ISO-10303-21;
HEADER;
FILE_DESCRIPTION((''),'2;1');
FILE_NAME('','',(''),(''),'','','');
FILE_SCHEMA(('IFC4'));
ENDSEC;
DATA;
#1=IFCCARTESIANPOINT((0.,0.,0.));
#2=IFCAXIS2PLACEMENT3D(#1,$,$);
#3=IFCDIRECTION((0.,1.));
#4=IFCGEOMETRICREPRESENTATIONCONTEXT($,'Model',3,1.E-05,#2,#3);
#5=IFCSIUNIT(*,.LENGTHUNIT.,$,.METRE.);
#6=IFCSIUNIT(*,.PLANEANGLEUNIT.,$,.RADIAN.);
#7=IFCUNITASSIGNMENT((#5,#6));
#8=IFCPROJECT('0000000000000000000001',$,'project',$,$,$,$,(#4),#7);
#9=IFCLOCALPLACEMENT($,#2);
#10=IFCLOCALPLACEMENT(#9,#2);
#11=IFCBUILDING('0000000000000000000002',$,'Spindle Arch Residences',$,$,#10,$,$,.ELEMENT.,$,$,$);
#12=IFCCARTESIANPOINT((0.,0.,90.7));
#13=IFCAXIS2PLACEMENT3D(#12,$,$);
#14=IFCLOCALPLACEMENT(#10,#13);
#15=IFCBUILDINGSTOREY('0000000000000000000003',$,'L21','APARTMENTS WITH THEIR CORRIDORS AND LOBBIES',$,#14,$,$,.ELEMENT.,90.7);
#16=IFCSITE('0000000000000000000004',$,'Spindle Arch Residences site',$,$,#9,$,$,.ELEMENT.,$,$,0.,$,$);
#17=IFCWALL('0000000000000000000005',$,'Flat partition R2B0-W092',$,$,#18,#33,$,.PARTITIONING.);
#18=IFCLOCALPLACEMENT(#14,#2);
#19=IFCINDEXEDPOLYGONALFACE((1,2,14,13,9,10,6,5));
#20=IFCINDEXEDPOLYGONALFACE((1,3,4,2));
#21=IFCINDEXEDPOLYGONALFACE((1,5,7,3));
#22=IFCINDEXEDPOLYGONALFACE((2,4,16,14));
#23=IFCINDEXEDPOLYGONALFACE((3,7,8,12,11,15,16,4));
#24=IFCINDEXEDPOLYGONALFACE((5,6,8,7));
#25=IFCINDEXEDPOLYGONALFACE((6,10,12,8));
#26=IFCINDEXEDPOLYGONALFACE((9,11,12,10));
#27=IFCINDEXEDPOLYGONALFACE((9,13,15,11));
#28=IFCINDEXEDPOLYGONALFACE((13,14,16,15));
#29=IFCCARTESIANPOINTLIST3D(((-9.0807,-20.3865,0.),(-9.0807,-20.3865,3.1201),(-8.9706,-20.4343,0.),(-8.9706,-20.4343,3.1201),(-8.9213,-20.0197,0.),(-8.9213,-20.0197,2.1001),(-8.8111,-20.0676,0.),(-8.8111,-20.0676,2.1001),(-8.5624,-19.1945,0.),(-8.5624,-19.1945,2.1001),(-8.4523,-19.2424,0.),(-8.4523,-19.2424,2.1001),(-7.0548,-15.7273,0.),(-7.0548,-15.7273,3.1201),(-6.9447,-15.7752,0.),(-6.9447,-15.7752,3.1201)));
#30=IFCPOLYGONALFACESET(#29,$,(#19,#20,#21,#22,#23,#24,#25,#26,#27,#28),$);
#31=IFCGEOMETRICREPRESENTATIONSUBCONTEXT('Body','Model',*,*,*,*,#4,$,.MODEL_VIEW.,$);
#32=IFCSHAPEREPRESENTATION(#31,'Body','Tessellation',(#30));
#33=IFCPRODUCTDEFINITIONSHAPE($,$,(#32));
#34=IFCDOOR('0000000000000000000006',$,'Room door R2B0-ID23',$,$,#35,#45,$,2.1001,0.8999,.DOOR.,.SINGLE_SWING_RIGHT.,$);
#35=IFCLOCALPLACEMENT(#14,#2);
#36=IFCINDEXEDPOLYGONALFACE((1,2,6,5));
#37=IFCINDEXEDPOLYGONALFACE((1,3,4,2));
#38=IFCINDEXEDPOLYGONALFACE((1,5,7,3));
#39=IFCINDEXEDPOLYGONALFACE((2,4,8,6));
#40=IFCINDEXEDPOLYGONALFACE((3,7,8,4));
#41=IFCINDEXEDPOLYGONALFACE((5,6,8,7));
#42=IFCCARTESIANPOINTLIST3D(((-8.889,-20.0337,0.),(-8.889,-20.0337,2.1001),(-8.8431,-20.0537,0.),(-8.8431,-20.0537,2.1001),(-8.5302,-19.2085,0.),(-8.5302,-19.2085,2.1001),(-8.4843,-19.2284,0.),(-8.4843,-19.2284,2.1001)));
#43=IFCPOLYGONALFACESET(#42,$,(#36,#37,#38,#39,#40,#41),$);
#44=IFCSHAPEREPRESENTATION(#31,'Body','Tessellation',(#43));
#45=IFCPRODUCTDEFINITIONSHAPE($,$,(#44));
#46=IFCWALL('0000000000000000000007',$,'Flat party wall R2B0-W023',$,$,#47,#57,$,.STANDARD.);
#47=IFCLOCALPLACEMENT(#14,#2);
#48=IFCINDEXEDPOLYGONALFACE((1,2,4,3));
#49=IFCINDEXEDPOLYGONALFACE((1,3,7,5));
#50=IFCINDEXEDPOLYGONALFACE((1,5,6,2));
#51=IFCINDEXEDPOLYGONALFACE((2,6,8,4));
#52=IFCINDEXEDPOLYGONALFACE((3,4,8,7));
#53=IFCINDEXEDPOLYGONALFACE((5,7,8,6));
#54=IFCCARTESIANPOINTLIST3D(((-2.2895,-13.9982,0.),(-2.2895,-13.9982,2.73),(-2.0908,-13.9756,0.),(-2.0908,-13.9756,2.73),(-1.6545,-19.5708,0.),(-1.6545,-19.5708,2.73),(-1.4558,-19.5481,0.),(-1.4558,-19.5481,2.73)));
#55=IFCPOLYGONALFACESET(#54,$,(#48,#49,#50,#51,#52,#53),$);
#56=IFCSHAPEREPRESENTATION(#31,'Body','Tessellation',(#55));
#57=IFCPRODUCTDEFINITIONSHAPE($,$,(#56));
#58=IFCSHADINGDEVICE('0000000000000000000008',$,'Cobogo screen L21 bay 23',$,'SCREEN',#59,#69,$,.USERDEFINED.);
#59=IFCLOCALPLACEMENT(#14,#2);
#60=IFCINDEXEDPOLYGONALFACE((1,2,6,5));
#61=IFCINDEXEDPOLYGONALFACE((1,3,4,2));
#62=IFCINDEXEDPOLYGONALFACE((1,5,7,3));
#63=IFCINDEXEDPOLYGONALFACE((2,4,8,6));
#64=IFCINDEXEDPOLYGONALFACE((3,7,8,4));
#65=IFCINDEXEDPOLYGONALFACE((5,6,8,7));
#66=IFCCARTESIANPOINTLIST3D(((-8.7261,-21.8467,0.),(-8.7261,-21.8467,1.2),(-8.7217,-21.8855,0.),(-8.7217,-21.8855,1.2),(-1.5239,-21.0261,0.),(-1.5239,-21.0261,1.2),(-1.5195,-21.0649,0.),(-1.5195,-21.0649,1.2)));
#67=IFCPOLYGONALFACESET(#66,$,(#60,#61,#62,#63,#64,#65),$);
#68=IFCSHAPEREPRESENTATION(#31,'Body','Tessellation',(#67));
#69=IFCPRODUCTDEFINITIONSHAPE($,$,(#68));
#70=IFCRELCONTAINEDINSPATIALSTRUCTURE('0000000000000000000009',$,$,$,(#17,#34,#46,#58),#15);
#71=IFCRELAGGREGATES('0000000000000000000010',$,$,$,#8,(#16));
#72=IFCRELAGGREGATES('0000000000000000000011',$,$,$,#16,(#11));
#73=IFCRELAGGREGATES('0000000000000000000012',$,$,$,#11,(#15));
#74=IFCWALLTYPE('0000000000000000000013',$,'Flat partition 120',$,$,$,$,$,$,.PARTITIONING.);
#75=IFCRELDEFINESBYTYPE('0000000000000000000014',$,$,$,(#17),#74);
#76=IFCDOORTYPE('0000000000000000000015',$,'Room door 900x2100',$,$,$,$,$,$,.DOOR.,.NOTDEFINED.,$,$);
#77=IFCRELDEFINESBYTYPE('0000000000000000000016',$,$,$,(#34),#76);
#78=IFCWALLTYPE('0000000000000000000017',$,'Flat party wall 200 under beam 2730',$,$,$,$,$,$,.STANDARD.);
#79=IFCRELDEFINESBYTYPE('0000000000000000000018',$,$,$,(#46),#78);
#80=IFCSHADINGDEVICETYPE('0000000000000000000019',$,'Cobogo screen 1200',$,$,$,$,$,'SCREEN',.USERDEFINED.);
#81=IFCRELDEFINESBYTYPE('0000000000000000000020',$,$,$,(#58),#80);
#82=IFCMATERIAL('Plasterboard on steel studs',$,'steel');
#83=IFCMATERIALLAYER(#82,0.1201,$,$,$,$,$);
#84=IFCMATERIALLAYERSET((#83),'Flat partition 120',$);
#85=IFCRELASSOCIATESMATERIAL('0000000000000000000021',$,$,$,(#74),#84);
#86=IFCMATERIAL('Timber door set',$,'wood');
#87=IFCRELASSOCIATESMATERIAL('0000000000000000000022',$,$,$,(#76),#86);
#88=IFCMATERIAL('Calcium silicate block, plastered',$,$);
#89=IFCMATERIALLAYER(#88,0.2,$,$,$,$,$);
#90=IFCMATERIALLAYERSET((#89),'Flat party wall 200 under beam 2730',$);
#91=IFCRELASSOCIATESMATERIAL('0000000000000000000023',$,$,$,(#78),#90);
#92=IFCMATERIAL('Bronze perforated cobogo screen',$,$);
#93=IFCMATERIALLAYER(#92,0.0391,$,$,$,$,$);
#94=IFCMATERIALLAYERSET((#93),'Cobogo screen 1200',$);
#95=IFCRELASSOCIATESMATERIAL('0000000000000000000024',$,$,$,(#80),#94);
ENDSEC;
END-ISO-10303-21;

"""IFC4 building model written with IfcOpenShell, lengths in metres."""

from ifc_helpers import new_model, si_unit, direction, frame, frame_2d, origin, origin_2d, place, context, subcontext, project, spatial, rectangle, extrude, material, layer, layer_set, type_object, element, fill, save


model = new_model("IFC4")

# Units and contexts
model_context = context("Model", 3, precision=1e-05, world=origin(), true_north=direction((0.0, 1.0)))
body_context = subcontext(model_context, "Body", "Model", "MODEL_VIEW")
ifc_project = project(units=[si_unit("LENGTHUNIT", "METRE"), si_unit("PLANEANGLEUNIT", "RADIAN")], contexts=[model_context])

# Site, building, storey
site_placement = place(None, origin())
site = spatial("IfcSite", under=ifc_project, at=site_placement, Name="Spindle Arch Residences site", CompositionType="ELEMENT", RefElevation=0.0)
building_placement = place(site_placement, origin())
building = spatial("IfcBuilding", under=site, at=building_placement, Name="Spindle Arch Residences", CompositionType="ELEMENT")
storey_placement = place(building_placement, frame((0.0, 0.0, 90.7)))
storey = spatial("IfcBuildingStorey", under=building, at=storey_placement, Name="L21", Description="APARTMENTS WITH THEIR CORRIDORS AND LOBBIES", CompositionType="ELEMENT", Elevation=90.7)

# Wall, opening, door
ifc_material_1 = material(Name="Plasterboard on steel studs", Category="steel")
ifc_layer_1 = layer(ifc_material_1, 0.1201)
ifc_layer_set_1 = layer_set([ifc_layer_1], Name="Flat partition 120")
wall_type_1 = type_object("IfcWallType", Name="Flat partition 120", PredefinedType="PARTITIONING", material=ifc_layer_set_1)
ifc_material_2 = material(Name="Timber door set", Category="wood")
door_type_1 = type_object("IfcDoorType", Name="Room door 900x2100", OperationType="NOTDEFINED", PredefinedType="DOOR", material=ifc_material_2)
wall_1_placement = place(storey_placement, frame((-9.0256, -20.4104, 0.0), z_axis=(0.0, 0.0, 1.0), x_axis=(0.398751, 0.917059, 0.0)))
wall_1 = element("IfcWall", 1, at=wall_1_placement, inside=storey, type_object=wall_type_1, Name="Flat partition R2B0-W092", PredefinedType="PARTITIONING", context=body_context, shape_type="SweptSolid", body=[
    extrude(rectangle(XDim=5.0806, YDim=0.1201, at=frame_2d((2.5403, 0.0))), origin(), (0.0, 0.0, 1.0), 3.1201),
])
opening_1_placement = place(wall_1_placement, frame((0.3999, 0.0, 0.0)))
opening_1 = element("IfcOpeningElement", 2, at=opening_1_placement, cuts=wall_1, PredefinedType="OPENING", context=body_context, shape_type="SweptSolid", body=[
    extrude(rectangle(XDim=0.8999, YDim=2.1001, at=frame_2d((0.45, 1.05))), frame((0.0, 0.0701, 0.0), z_axis=(0.0, -1.0, 0.0), x_axis=(1.0, 0.0, 0.0)), (0.0, 0.0, 1.0), 0.1401),
])
door_1_placement = place(opening_1_placement, origin())
door_1 = element("IfcDoor", 3, at=door_1_placement, inside=storey, type_object=door_type_1, Name="Room door R2B0-ID23", OperationType="SINGLE_SWING_RIGHT", OverallHeight=2.1001, OverallWidth=0.8999, PredefinedType="DOOR", context=body_context, shape_type="SweptSolid", body=[
    extrude(rectangle(XDim=0.8999, YDim=2.1001, at=frame_2d((0.45, 1.05))), frame((0.0, 0.0249, 0.0), z_axis=(0.0, -1.0, 0.0), x_axis=(1.0, 0.0, 0.0)), (0.0, 0.0, 1.0), 0.05),
])
fill(opening_1, door_1)

# Wall
ifc_material_3 = material(Name="Calcium silicate block, plastered")
ifc_layer_2 = layer(ifc_material_3, 0.2)
ifc_layer_set_2 = layer_set([ifc_layer_2], Name="Flat party wall 200 under beam 2730")
wall_type_2 = type_object("IfcWallType", Name="Flat party wall 200 under beam 2730", PredefinedType="STANDARD", material=ifc_layer_set_2)
wall_2_placement = place(storey_placement, frame((-1.5552, -19.5593, 0.0), z_axis=(0.0, 0.0, 1.0), x_axis=(-0.113221, 0.99357, 0.0)))
element("IfcWall", 4, at=wall_2_placement, inside=storey, type_object=wall_type_2, Name="Flat party wall R2B0-W023", PredefinedType="STANDARD", context=body_context, shape_type="SweptSolid", body=[
    extrude(rectangle(XDim=5.6086, YDim=0.2, at=frame_2d((2.8042, 0.0))), origin(), (0.0, 0.0, 1.0), 2.73),
])

# Shading device
ifc_material_4 = material(Name="Bronze perforated cobogo screen")
ifc_layer_3 = layer(ifc_material_4, 0.0391)
ifc_layer_set_3 = layer_set([ifc_layer_3], Name="Cobogo screen 1200")
shading_device_type = type_object("IfcShadingDeviceType", Name="Cobogo screen 1200", ElementType="SCREEN", PredefinedType="USERDEFINED", material=ifc_layer_set_3)
shading_device_placement = place(storey_placement, frame((-5.1228, -21.4558, 0.0), z_axis=(0.0, 0.0, 1.0), x_axis=(0.993572, 0.113203, 0.0)))
element("IfcShadingDevice", 5, at=shading_device_placement, inside=storey, type_object=shading_device_type, Name="Cobogo screen L21 bay 23", ObjectType="SCREEN", PredefinedType="USERDEFINED", context=body_context, shape_type="SweptSolid", body=[
    extrude(rectangle(XDim=7.2488, YDim=0.0391, at=origin_2d()), origin(), (0.0, 0.0, 1.0), 1.2),
])

save(model, "model.ifc")
